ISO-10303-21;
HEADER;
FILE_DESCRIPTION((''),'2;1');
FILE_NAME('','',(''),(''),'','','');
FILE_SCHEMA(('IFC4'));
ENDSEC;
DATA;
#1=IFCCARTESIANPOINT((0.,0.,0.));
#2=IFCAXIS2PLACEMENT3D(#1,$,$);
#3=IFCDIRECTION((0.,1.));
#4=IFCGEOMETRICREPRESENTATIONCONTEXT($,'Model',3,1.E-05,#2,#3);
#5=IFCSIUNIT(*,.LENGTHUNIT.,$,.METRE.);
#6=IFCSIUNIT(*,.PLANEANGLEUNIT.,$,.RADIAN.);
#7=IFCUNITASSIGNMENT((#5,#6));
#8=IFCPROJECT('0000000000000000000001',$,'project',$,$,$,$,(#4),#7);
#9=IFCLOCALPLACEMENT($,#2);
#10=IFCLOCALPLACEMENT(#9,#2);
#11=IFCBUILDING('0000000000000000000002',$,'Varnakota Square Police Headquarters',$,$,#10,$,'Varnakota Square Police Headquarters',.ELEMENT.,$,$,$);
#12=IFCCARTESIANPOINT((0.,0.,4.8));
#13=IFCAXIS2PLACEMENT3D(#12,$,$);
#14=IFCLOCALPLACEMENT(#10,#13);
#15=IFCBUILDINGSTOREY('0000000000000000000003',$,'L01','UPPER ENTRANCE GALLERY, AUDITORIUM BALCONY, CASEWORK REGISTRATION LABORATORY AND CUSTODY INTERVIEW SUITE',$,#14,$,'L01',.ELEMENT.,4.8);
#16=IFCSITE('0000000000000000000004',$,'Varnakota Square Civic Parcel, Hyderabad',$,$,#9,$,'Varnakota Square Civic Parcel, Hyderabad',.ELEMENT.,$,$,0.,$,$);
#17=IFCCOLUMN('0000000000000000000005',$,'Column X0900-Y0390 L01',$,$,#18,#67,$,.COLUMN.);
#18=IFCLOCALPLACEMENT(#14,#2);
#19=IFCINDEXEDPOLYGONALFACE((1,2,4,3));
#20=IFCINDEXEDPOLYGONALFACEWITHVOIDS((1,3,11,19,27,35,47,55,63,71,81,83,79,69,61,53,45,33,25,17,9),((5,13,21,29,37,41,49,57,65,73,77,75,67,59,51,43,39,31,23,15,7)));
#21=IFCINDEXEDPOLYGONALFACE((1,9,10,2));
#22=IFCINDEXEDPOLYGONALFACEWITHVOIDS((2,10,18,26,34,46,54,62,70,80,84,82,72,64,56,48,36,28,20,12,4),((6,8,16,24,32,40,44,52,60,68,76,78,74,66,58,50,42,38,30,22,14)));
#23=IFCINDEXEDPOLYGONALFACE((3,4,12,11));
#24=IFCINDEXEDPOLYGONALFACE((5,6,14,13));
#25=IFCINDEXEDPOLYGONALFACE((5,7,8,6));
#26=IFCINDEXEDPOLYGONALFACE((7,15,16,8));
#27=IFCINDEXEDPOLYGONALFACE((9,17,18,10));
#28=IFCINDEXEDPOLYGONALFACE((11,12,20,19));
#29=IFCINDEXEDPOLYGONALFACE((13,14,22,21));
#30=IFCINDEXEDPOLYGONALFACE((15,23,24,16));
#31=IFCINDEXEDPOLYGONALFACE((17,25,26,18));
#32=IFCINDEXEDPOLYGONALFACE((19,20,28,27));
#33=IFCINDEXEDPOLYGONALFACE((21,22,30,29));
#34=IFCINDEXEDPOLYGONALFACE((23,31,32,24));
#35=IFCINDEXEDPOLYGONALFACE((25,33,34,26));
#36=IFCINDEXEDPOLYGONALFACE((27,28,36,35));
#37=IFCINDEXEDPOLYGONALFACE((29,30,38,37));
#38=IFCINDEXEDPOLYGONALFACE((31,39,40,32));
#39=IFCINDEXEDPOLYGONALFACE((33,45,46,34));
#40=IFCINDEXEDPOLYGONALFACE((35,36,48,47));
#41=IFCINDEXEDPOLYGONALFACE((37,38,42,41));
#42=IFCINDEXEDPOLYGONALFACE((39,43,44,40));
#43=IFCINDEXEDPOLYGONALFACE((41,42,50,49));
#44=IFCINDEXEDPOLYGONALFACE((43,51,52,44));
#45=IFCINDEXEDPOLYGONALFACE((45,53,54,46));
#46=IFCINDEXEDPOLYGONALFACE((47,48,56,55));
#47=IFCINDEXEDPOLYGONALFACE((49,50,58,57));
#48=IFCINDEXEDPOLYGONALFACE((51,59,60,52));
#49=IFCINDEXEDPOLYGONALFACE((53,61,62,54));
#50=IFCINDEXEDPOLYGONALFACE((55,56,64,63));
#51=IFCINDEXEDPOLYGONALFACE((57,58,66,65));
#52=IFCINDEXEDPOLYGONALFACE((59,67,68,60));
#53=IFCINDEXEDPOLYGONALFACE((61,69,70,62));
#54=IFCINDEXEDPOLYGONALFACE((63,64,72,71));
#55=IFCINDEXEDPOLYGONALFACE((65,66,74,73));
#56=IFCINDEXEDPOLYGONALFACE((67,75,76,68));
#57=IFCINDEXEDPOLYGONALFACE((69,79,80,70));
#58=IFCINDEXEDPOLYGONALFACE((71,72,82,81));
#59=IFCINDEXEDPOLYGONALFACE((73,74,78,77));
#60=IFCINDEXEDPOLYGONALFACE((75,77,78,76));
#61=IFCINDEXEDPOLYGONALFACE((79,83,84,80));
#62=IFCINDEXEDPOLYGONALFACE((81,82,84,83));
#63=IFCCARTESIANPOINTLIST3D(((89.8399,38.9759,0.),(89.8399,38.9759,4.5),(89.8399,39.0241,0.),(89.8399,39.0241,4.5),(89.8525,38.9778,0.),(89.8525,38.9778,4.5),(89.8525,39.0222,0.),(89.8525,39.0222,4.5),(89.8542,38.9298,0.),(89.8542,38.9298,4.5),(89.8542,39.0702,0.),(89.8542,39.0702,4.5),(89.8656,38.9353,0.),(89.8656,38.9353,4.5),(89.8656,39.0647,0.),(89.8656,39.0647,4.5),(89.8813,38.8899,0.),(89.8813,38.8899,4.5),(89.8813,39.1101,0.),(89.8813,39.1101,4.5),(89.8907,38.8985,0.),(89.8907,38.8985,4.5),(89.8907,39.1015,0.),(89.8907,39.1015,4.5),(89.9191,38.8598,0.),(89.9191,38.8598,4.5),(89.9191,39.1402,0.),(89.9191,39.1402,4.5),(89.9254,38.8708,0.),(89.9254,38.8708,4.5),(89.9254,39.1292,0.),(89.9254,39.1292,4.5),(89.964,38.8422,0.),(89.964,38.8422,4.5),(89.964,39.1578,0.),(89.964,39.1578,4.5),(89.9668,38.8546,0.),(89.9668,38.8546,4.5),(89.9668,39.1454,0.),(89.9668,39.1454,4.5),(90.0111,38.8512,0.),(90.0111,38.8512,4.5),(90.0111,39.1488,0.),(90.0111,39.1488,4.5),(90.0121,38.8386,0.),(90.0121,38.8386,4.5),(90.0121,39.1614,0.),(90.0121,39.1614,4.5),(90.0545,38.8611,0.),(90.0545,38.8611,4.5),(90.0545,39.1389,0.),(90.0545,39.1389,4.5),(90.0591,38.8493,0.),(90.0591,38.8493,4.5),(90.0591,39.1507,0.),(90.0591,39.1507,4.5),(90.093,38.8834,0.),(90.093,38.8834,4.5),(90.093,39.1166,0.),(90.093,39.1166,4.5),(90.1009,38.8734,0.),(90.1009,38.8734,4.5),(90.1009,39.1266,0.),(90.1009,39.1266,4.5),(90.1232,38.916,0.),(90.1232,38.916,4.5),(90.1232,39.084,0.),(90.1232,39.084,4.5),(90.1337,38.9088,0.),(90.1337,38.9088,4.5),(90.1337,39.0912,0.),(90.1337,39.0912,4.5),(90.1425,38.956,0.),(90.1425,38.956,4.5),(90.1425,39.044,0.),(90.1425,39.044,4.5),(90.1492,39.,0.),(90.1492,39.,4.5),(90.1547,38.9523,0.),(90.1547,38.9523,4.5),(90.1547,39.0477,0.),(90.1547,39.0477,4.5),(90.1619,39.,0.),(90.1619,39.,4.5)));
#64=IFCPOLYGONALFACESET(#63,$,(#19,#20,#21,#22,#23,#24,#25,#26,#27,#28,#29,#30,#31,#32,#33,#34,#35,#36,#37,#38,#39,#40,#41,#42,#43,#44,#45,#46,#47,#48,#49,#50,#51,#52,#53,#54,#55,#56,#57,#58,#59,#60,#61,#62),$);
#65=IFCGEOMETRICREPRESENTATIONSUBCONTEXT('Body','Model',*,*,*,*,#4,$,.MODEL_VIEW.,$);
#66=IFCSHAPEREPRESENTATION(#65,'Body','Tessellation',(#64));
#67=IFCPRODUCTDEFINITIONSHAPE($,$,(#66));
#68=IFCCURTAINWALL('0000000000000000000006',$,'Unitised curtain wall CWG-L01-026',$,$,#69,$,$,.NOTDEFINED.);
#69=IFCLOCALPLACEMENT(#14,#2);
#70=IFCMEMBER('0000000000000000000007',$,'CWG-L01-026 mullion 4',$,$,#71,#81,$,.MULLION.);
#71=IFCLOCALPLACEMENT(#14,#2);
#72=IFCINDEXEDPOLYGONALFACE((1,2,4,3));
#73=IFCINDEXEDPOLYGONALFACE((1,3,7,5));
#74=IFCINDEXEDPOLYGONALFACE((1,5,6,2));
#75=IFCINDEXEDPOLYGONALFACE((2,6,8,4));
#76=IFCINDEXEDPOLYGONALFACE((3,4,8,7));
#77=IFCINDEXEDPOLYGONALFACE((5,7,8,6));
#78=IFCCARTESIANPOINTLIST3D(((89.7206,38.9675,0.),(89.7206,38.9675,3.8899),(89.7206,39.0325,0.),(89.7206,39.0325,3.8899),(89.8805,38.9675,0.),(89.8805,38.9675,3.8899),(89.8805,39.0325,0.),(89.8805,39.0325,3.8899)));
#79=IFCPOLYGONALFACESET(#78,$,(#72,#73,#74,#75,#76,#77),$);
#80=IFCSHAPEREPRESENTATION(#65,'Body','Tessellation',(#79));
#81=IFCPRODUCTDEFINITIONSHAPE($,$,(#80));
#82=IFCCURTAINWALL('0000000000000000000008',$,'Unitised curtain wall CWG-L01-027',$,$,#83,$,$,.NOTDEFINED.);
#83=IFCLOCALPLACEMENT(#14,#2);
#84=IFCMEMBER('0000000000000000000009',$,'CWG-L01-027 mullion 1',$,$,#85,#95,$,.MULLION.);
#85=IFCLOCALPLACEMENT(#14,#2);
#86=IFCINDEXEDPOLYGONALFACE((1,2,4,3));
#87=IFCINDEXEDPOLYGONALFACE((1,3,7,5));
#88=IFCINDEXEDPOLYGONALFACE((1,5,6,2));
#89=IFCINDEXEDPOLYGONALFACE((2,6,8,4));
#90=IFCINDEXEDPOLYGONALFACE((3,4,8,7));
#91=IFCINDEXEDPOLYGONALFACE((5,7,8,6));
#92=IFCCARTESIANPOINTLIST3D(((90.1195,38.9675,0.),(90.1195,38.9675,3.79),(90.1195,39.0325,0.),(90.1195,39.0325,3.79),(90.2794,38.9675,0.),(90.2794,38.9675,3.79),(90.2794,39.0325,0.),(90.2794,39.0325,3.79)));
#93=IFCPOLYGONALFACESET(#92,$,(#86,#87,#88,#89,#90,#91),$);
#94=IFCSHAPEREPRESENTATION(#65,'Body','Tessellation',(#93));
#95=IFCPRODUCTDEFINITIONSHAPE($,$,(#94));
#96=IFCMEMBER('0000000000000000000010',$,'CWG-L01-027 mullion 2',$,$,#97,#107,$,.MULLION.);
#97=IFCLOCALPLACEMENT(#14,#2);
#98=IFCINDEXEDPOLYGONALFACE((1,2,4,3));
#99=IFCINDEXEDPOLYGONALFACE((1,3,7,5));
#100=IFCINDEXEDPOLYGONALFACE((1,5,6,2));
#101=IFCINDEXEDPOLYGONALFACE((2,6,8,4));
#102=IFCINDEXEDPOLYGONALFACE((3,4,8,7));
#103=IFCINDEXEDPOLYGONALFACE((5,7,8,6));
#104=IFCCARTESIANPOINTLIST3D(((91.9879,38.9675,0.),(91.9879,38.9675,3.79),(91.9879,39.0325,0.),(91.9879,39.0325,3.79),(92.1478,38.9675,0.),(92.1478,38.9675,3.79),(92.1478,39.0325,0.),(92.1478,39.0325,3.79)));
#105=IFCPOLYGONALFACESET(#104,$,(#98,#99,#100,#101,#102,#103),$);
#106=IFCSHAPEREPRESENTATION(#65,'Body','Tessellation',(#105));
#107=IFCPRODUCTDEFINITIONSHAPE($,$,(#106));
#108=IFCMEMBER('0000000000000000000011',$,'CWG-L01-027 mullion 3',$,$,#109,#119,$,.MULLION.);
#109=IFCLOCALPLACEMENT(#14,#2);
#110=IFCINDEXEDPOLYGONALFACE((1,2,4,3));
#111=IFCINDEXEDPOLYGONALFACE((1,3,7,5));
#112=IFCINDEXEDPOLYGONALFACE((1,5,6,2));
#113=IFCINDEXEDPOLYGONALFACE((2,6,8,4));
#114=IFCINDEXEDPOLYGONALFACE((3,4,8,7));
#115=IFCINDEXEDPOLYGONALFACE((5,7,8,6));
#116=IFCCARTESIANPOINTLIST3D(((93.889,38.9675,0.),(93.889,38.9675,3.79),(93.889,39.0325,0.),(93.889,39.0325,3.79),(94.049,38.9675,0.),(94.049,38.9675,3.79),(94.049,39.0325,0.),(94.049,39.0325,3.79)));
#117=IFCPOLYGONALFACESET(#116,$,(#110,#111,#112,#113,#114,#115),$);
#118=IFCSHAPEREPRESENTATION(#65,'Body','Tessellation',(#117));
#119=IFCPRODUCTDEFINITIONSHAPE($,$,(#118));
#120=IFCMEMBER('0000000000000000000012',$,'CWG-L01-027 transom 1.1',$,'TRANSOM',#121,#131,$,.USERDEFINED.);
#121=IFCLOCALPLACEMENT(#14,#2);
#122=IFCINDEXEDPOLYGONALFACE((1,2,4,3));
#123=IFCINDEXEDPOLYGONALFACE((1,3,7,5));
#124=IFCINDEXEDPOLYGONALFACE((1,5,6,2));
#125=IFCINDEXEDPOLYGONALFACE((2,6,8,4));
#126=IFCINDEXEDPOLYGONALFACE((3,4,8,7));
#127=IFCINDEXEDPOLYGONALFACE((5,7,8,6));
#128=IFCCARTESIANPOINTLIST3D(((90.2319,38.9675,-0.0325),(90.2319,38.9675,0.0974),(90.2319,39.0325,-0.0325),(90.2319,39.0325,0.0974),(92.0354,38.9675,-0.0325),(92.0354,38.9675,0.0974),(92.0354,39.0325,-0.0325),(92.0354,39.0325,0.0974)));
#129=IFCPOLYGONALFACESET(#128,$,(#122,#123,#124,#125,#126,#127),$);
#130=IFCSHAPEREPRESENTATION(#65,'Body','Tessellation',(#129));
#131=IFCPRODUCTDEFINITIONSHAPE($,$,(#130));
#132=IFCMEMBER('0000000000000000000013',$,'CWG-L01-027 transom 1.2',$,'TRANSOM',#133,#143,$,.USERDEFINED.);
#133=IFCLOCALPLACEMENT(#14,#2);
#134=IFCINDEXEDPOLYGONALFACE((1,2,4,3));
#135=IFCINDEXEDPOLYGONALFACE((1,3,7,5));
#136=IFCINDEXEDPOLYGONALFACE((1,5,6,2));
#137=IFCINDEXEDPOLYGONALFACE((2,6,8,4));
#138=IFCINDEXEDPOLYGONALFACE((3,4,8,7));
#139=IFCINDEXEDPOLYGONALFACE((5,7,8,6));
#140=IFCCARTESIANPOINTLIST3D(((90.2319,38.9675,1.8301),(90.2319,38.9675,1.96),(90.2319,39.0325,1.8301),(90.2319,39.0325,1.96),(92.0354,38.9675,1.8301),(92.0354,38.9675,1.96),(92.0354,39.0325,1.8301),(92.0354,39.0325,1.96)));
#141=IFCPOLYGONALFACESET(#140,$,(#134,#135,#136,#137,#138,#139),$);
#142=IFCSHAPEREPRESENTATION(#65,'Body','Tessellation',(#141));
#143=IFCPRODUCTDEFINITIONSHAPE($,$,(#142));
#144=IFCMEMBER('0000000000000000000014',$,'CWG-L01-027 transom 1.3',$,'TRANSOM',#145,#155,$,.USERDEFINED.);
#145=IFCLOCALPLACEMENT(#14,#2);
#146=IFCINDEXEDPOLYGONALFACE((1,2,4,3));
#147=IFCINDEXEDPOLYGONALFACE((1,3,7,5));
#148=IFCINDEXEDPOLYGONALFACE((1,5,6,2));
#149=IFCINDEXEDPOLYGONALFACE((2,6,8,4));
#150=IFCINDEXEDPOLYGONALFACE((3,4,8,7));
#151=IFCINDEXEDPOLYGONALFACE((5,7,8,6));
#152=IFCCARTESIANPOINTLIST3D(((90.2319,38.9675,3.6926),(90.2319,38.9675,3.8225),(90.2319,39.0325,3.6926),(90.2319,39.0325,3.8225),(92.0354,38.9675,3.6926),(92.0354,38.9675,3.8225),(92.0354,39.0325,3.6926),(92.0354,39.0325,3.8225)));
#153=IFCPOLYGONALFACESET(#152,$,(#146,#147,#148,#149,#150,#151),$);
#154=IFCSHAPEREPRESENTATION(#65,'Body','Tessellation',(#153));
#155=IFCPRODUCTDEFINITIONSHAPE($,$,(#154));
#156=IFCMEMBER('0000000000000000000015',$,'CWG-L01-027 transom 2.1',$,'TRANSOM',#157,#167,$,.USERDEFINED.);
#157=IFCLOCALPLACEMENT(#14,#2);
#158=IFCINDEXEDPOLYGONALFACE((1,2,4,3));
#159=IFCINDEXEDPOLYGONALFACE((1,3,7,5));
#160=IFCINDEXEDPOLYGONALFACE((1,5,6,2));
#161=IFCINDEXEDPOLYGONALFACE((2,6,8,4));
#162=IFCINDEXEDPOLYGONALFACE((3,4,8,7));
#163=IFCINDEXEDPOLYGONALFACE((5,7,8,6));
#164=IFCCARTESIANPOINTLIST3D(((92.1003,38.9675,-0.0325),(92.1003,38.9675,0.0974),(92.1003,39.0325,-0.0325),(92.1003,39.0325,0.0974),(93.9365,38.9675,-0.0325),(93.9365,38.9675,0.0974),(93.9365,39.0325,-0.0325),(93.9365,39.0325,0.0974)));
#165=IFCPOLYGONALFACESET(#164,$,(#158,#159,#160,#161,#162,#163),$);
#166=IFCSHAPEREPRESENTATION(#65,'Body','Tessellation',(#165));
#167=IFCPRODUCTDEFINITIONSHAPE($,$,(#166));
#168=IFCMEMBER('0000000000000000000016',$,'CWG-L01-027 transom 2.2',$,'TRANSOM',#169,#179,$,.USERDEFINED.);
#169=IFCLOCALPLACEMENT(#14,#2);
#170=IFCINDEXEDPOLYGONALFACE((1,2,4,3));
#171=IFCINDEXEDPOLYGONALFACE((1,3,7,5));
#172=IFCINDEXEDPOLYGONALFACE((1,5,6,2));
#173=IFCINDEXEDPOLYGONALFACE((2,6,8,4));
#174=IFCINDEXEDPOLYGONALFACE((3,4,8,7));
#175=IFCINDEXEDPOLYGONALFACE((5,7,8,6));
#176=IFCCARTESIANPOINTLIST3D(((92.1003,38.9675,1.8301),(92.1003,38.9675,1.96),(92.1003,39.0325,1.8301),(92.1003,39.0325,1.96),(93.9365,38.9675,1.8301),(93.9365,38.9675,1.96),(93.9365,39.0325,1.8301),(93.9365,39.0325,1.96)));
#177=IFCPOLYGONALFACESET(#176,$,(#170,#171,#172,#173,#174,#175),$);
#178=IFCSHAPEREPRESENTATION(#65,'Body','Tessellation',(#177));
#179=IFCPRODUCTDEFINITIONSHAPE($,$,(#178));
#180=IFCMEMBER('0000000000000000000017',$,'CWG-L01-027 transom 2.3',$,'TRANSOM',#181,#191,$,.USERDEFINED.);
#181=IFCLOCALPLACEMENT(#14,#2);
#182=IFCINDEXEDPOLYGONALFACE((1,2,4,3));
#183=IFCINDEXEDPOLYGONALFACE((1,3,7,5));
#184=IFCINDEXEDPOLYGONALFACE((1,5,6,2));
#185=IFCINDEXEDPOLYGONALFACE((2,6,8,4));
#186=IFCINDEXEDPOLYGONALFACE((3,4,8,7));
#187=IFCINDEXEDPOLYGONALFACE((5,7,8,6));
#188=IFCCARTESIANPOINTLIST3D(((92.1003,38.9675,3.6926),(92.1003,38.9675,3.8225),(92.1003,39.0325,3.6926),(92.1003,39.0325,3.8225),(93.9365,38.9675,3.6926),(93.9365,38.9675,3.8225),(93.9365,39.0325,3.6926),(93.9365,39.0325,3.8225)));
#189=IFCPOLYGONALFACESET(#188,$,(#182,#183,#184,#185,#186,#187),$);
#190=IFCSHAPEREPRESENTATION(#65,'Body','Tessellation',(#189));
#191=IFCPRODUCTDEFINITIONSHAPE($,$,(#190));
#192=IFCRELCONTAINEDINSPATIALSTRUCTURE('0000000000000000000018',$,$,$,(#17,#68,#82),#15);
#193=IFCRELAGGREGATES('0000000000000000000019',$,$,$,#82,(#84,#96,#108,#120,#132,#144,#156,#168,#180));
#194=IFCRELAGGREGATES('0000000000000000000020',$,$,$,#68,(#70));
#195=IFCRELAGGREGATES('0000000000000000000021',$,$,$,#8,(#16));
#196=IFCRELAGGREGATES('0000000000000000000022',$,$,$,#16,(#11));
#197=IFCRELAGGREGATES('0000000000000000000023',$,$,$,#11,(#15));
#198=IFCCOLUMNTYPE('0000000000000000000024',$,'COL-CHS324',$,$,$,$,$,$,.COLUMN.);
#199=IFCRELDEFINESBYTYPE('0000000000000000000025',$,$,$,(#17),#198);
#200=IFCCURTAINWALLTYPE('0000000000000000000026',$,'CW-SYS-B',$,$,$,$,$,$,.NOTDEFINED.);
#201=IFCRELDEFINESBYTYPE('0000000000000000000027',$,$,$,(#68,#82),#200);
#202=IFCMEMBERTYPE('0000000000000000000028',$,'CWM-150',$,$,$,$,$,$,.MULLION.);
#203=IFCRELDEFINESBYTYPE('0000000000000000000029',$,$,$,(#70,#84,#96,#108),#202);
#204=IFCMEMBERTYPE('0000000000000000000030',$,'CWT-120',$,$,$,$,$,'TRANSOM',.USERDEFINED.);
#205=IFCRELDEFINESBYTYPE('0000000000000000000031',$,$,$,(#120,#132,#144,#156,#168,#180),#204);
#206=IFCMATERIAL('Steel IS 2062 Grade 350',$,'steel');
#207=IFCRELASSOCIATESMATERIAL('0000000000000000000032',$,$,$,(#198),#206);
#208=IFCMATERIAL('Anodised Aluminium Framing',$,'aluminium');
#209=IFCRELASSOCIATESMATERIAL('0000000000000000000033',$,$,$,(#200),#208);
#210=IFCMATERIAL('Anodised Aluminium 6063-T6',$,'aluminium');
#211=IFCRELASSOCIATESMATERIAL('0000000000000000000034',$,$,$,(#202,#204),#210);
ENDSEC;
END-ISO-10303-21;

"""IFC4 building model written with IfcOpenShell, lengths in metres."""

from ifc_helpers import new_model, si_unit, direction, frame, origin, origin_2d, place, context, subcontext, project, spatial, rectangle, hollow_circle, extrude, material, material_profile, profile_set, type_object, element, aggregate, save


model = new_model("IFC4")

# Units and contexts
model_context = context("Model", 3, precision=1e-05, world=origin(), true_north=direction((0.0, 1.0)))
body_context = subcontext(model_context, "Body", "Model", "MODEL_VIEW")
ifc_project = project(units=[si_unit("LENGTHUNIT", "METRE"), si_unit("PLANEANGLEUNIT", "RADIAN")], contexts=[model_context])

# Site, building, storey
site_placement = place(None, origin())
site = spatial("IfcSite", under=ifc_project, at=site_placement, Name="Varnakota Square Civic Parcel, Hyderabad", LongName="Varnakota Square Civic Parcel, Hyderabad", CompositionType="ELEMENT", RefElevation=0.0)
building_placement = place(site_placement, origin())
building = spatial("IfcBuilding", under=site, at=building_placement, Name="Varnakota Square Police Headquarters", LongName="Varnakota Square Police Headquarters", CompositionType="ELEMENT")
storey_placement = place(building_placement, frame((0.0, 0.0, 4.8)))
storey = spatial("IfcBuildingStorey", under=building, at=storey_placement, Name="L01", Description="UPPER ENTRANCE GALLERY, AUDITORIUM BALCONY, CASEWORK REGISTRATION LABORATORY AND CUSTODY INTERVIEW SUITE", LongName="L01", CompositionType="ELEMENT", Elevation=4.8)

# Column
ifc_material_1 = material(Name="Steel IS 2062 Grade 350", Category="steel")
ifc_material_profile_1 = material_profile(ifc_material_1, hollow_circle(Radius=0.1619, WallThickness=0.0127, at=origin_2d()), Name="CHS 323.9x12.7")
ifc_profile_set_1 = profile_set([ifc_material_profile_1], Name="Steel IS 2062 Grade 350")
column_type = type_object("IfcColumnType", Name="COL-CHS324", PredefinedType="COLUMN", material=ifc_profile_set_1)
column_placement = place(storey_placement, frame((90.0, 39.0, 0.0), z_axis=(0.0, 0.0, 1.0), x_axis=(1.0, 0.0, 0.0)))
element("IfcColumn", 1, at=column_placement, inside=storey, type_object=column_type, Name="Column X0900-Y0390 L01", PredefinedType="COLUMN", context=body_context, shape_type="SweptSolid", body=[
    extrude(hollow_circle(Radius=0.1619, WallThickness=0.0127, at=origin_2d()), origin(), (0.0, 0.0, 1.0), 4.5),
])

# Curtain wall, member
ifc_material_2 = material(Name="Anodised Aluminium Framing", Category="aluminium")
curtain_wall_type = type_object("IfcCurtainWallType", Name="CW-SYS-B", PredefinedType="NOTDEFINED", material=ifc_material_2)
curtain_wall_1_placement = place(storey_placement, origin())
curtain_wall_1 = element("IfcCurtainWall", 2, at=curtain_wall_1_placement, inside=storey, type_object=curtain_wall_type, Name="Unitised curtain wall CWG-L01-026", PredefinedType="NOTDEFINED")
ifc_material_3 = material(Name="Anodised Aluminium 6063-T6", Category="aluminium")
ifc_material_profile_2 = material_profile(ifc_material_3, rectangle(XDim=0.0649, YDim=0.1599, at=origin_2d()), Name="ALU MULLION 65x160")
ifc_profile_set_2 = profile_set([ifc_material_profile_2], Name="Anodised Aluminium 6063-T6")
member_type_1 = type_object("IfcMemberType", Name="CWM-150", PredefinedType="MULLION", material=ifc_profile_set_2)
member_1_placement = place(storey_placement, frame((89.8005, 39.0, 0.0), z_axis=(0.0, 0.0, 1.0), x_axis=(0.0, 1.0, 0.0)))
member_1 = element("IfcMember", 3, at=member_1_placement, type_object=member_type_1, Name="CWG-L01-026 mullion 4", PredefinedType="MULLION", context=body_context, shape_type="SweptSolid", body=[
    extrude(rectangle(XDim=0.0649, YDim=0.1599, at=origin_2d()), origin(), (0.0, 0.0, 1.0), 3.8899),
])

# Curtain wall, members
curtain_wall_2_placement = place(storey_placement, origin())
curtain_wall_2 = element("IfcCurtainWall", 4, at=curtain_wall_2_placement, inside=storey, type_object=curtain_wall_type, Name="Unitised curtain wall CWG-L01-027", PredefinedType="NOTDEFINED")
member_2_placement = place(storey_placement, frame((90.1995, 39.0, 0.0), z_axis=(0.0, 0.0, 1.0), x_axis=(0.0, 1.0, 0.0)))
member_2 = element("IfcMember", 5, at=member_2_placement, type_object=member_type_1, Name="CWG-L01-027 mullion 1", PredefinedType="MULLION", context=body_context, shape_type="SweptSolid", body=[
    extrude(rectangle(XDim=0.0649, YDim=0.1599, at=origin_2d()), origin(), (0.0, 0.0, 1.0), 3.79),
])
member_3_placement = place(storey_placement, frame((92.0679, 39.0, 0.0), z_axis=(0.0, 0.0, 1.0), x_axis=(0.0, 1.0, 0.0)))
member_3 = element("IfcMember", 6, at=member_3_placement, type_object=member_type_1, Name="CWG-L01-027 mullion 2", PredefinedType="MULLION", context=body_context, shape_type="SweptSolid", body=[
    extrude(rectangle(XDim=0.0649, YDim=0.1599, at=origin_2d()), origin(), (0.0, 0.0, 1.0), 3.79),
])
member_4_placement = place(storey_placement, frame((93.969, 39.0, 0.0), z_axis=(0.0, 0.0, 1.0), x_axis=(0.0, 1.0, 0.0)))
member_4 = element("IfcMember", 7, at=member_4_placement, type_object=member_type_1, Name="CWG-L01-027 mullion 3", PredefinedType="MULLION", context=body_context, shape_type="SweptSolid", body=[
    extrude(rectangle(XDim=0.0649, YDim=0.1599, at=origin_2d()), origin(), (0.0, 0.0, 1.0), 3.79),
])
ifc_material_profile_3 = material_profile(ifc_material_3, rectangle(XDim=0.0649, YDim=0.1299, at=origin_2d()), Name="ALU TRANSOM 65x130")
ifc_profile_set_3 = profile_set([ifc_material_profile_3], Name="Anodised Aluminium 6063-T6")
member_type_2 = type_object("IfcMemberType", Name="CWT-120", ElementType="TRANSOM", PredefinedType="USERDEFINED", material=ifc_profile_set_3)
member_5_placement = place(storey_placement, frame((90.2319, 39.0, 0.0325), z_axis=(1.0, 0.0, 0.0), x_axis=(0.0, 1.0, 0.0)))
member_5 = element("IfcMember", 8, at=member_5_placement, type_object=member_type_2, Name="CWG-L01-027 transom 1.1", ObjectType="TRANSOM", PredefinedType="USERDEFINED", context=body_context, shape_type="SweptSolid", body=[
    extrude(rectangle(XDim=0.0649, YDim=0.1299, at=origin_2d()), origin(), (0.0, 0.0, 1.0), 1.8035),
])
member_6_placement = place(storey_placement, frame((90.2319, 39.0, 1.895), z_axis=(1.0, 0.0, 0.0), x_axis=(0.0, 1.0, 0.0)))
member_6 = element("IfcMember", 9, at=member_6_placement, type_object=member_type_2, Name="CWG-L01-027 transom 1.2", ObjectType="TRANSOM", PredefinedType="USERDEFINED", context=body_context, shape_type="SweptSolid", body=[
    extrude(rectangle(XDim=0.0649, YDim=0.1299, at=origin_2d()), origin(), (0.0, 0.0, 1.0), 1.8035),
])
member_7_placement = place(storey_placement, frame((90.2319, 39.0, 3.7576), z_axis=(1.0, 0.0, 0.0), x_axis=(0.0, 1.0, 0.0)))
member_7 = element("IfcMember", 10, at=member_7_placement, type_object=member_type_2, Name="CWG-L01-027 transom 1.3", ObjectType="TRANSOM", PredefinedType="USERDEFINED", context=body_context, shape_type="SweptSolid", body=[
    extrude(rectangle(XDim=0.0649, YDim=0.1299, at=origin_2d()), origin(), (0.0, 0.0, 1.0), 1.8035),
])
member_8_placement = place(storey_placement, frame((92.1003, 39.0, 0.0325), z_axis=(1.0, 0.0, 0.0), x_axis=(0.0, 1.0, 0.0)))
member_8 = element("IfcMember", 11, at=member_8_placement, type_object=member_type_2, Name="CWG-L01-027 transom 2.1", ObjectType="TRANSOM", PredefinedType="USERDEFINED", context=body_context, shape_type="SweptSolid", body=[
    extrude(rectangle(XDim=0.0649, YDim=0.1299, at=origin_2d()), origin(), (0.0, 0.0, 1.0), 1.8362),
])
member_9_placement = place(storey_placement, frame((92.1003, 39.0, 1.895), z_axis=(1.0, 0.0, 0.0), x_axis=(0.0, 1.0, 0.0)))
member_9 = element("IfcMember", 12, at=member_9_placement, type_object=member_type_2, Name="CWG-L01-027 transom 2.2", ObjectType="TRANSOM", PredefinedType="USERDEFINED", context=body_context, shape_type="SweptSolid", body=[
    extrude(rectangle(XDim=0.0649, YDim=0.1299, at=origin_2d()), origin(), (0.0, 0.0, 1.0), 1.8362),
])
member_10_placement = place(storey_placement, frame((92.1003, 39.0, 3.7576), z_axis=(1.0, 0.0, 0.0), x_axis=(0.0, 1.0, 0.0)))
member_10 = element("IfcMember", 13, at=member_10_placement, type_object=member_type_2, Name="CWG-L01-027 transom 2.3", ObjectType="TRANSOM", PredefinedType="USERDEFINED", context=body_context, shape_type="SweptSolid", body=[
    extrude(rectangle(XDim=0.0649, YDim=0.1299, at=origin_2d()), origin(), (0.0, 0.0, 1.0), 1.8362),
])

aggregate(curtain_wall_2, [member_2, member_3, member_4, member_5, member_6, member_7, member_8, member_9, member_10])
aggregate(curtain_wall_1, [member_1])

save(model, "model.ifc")
